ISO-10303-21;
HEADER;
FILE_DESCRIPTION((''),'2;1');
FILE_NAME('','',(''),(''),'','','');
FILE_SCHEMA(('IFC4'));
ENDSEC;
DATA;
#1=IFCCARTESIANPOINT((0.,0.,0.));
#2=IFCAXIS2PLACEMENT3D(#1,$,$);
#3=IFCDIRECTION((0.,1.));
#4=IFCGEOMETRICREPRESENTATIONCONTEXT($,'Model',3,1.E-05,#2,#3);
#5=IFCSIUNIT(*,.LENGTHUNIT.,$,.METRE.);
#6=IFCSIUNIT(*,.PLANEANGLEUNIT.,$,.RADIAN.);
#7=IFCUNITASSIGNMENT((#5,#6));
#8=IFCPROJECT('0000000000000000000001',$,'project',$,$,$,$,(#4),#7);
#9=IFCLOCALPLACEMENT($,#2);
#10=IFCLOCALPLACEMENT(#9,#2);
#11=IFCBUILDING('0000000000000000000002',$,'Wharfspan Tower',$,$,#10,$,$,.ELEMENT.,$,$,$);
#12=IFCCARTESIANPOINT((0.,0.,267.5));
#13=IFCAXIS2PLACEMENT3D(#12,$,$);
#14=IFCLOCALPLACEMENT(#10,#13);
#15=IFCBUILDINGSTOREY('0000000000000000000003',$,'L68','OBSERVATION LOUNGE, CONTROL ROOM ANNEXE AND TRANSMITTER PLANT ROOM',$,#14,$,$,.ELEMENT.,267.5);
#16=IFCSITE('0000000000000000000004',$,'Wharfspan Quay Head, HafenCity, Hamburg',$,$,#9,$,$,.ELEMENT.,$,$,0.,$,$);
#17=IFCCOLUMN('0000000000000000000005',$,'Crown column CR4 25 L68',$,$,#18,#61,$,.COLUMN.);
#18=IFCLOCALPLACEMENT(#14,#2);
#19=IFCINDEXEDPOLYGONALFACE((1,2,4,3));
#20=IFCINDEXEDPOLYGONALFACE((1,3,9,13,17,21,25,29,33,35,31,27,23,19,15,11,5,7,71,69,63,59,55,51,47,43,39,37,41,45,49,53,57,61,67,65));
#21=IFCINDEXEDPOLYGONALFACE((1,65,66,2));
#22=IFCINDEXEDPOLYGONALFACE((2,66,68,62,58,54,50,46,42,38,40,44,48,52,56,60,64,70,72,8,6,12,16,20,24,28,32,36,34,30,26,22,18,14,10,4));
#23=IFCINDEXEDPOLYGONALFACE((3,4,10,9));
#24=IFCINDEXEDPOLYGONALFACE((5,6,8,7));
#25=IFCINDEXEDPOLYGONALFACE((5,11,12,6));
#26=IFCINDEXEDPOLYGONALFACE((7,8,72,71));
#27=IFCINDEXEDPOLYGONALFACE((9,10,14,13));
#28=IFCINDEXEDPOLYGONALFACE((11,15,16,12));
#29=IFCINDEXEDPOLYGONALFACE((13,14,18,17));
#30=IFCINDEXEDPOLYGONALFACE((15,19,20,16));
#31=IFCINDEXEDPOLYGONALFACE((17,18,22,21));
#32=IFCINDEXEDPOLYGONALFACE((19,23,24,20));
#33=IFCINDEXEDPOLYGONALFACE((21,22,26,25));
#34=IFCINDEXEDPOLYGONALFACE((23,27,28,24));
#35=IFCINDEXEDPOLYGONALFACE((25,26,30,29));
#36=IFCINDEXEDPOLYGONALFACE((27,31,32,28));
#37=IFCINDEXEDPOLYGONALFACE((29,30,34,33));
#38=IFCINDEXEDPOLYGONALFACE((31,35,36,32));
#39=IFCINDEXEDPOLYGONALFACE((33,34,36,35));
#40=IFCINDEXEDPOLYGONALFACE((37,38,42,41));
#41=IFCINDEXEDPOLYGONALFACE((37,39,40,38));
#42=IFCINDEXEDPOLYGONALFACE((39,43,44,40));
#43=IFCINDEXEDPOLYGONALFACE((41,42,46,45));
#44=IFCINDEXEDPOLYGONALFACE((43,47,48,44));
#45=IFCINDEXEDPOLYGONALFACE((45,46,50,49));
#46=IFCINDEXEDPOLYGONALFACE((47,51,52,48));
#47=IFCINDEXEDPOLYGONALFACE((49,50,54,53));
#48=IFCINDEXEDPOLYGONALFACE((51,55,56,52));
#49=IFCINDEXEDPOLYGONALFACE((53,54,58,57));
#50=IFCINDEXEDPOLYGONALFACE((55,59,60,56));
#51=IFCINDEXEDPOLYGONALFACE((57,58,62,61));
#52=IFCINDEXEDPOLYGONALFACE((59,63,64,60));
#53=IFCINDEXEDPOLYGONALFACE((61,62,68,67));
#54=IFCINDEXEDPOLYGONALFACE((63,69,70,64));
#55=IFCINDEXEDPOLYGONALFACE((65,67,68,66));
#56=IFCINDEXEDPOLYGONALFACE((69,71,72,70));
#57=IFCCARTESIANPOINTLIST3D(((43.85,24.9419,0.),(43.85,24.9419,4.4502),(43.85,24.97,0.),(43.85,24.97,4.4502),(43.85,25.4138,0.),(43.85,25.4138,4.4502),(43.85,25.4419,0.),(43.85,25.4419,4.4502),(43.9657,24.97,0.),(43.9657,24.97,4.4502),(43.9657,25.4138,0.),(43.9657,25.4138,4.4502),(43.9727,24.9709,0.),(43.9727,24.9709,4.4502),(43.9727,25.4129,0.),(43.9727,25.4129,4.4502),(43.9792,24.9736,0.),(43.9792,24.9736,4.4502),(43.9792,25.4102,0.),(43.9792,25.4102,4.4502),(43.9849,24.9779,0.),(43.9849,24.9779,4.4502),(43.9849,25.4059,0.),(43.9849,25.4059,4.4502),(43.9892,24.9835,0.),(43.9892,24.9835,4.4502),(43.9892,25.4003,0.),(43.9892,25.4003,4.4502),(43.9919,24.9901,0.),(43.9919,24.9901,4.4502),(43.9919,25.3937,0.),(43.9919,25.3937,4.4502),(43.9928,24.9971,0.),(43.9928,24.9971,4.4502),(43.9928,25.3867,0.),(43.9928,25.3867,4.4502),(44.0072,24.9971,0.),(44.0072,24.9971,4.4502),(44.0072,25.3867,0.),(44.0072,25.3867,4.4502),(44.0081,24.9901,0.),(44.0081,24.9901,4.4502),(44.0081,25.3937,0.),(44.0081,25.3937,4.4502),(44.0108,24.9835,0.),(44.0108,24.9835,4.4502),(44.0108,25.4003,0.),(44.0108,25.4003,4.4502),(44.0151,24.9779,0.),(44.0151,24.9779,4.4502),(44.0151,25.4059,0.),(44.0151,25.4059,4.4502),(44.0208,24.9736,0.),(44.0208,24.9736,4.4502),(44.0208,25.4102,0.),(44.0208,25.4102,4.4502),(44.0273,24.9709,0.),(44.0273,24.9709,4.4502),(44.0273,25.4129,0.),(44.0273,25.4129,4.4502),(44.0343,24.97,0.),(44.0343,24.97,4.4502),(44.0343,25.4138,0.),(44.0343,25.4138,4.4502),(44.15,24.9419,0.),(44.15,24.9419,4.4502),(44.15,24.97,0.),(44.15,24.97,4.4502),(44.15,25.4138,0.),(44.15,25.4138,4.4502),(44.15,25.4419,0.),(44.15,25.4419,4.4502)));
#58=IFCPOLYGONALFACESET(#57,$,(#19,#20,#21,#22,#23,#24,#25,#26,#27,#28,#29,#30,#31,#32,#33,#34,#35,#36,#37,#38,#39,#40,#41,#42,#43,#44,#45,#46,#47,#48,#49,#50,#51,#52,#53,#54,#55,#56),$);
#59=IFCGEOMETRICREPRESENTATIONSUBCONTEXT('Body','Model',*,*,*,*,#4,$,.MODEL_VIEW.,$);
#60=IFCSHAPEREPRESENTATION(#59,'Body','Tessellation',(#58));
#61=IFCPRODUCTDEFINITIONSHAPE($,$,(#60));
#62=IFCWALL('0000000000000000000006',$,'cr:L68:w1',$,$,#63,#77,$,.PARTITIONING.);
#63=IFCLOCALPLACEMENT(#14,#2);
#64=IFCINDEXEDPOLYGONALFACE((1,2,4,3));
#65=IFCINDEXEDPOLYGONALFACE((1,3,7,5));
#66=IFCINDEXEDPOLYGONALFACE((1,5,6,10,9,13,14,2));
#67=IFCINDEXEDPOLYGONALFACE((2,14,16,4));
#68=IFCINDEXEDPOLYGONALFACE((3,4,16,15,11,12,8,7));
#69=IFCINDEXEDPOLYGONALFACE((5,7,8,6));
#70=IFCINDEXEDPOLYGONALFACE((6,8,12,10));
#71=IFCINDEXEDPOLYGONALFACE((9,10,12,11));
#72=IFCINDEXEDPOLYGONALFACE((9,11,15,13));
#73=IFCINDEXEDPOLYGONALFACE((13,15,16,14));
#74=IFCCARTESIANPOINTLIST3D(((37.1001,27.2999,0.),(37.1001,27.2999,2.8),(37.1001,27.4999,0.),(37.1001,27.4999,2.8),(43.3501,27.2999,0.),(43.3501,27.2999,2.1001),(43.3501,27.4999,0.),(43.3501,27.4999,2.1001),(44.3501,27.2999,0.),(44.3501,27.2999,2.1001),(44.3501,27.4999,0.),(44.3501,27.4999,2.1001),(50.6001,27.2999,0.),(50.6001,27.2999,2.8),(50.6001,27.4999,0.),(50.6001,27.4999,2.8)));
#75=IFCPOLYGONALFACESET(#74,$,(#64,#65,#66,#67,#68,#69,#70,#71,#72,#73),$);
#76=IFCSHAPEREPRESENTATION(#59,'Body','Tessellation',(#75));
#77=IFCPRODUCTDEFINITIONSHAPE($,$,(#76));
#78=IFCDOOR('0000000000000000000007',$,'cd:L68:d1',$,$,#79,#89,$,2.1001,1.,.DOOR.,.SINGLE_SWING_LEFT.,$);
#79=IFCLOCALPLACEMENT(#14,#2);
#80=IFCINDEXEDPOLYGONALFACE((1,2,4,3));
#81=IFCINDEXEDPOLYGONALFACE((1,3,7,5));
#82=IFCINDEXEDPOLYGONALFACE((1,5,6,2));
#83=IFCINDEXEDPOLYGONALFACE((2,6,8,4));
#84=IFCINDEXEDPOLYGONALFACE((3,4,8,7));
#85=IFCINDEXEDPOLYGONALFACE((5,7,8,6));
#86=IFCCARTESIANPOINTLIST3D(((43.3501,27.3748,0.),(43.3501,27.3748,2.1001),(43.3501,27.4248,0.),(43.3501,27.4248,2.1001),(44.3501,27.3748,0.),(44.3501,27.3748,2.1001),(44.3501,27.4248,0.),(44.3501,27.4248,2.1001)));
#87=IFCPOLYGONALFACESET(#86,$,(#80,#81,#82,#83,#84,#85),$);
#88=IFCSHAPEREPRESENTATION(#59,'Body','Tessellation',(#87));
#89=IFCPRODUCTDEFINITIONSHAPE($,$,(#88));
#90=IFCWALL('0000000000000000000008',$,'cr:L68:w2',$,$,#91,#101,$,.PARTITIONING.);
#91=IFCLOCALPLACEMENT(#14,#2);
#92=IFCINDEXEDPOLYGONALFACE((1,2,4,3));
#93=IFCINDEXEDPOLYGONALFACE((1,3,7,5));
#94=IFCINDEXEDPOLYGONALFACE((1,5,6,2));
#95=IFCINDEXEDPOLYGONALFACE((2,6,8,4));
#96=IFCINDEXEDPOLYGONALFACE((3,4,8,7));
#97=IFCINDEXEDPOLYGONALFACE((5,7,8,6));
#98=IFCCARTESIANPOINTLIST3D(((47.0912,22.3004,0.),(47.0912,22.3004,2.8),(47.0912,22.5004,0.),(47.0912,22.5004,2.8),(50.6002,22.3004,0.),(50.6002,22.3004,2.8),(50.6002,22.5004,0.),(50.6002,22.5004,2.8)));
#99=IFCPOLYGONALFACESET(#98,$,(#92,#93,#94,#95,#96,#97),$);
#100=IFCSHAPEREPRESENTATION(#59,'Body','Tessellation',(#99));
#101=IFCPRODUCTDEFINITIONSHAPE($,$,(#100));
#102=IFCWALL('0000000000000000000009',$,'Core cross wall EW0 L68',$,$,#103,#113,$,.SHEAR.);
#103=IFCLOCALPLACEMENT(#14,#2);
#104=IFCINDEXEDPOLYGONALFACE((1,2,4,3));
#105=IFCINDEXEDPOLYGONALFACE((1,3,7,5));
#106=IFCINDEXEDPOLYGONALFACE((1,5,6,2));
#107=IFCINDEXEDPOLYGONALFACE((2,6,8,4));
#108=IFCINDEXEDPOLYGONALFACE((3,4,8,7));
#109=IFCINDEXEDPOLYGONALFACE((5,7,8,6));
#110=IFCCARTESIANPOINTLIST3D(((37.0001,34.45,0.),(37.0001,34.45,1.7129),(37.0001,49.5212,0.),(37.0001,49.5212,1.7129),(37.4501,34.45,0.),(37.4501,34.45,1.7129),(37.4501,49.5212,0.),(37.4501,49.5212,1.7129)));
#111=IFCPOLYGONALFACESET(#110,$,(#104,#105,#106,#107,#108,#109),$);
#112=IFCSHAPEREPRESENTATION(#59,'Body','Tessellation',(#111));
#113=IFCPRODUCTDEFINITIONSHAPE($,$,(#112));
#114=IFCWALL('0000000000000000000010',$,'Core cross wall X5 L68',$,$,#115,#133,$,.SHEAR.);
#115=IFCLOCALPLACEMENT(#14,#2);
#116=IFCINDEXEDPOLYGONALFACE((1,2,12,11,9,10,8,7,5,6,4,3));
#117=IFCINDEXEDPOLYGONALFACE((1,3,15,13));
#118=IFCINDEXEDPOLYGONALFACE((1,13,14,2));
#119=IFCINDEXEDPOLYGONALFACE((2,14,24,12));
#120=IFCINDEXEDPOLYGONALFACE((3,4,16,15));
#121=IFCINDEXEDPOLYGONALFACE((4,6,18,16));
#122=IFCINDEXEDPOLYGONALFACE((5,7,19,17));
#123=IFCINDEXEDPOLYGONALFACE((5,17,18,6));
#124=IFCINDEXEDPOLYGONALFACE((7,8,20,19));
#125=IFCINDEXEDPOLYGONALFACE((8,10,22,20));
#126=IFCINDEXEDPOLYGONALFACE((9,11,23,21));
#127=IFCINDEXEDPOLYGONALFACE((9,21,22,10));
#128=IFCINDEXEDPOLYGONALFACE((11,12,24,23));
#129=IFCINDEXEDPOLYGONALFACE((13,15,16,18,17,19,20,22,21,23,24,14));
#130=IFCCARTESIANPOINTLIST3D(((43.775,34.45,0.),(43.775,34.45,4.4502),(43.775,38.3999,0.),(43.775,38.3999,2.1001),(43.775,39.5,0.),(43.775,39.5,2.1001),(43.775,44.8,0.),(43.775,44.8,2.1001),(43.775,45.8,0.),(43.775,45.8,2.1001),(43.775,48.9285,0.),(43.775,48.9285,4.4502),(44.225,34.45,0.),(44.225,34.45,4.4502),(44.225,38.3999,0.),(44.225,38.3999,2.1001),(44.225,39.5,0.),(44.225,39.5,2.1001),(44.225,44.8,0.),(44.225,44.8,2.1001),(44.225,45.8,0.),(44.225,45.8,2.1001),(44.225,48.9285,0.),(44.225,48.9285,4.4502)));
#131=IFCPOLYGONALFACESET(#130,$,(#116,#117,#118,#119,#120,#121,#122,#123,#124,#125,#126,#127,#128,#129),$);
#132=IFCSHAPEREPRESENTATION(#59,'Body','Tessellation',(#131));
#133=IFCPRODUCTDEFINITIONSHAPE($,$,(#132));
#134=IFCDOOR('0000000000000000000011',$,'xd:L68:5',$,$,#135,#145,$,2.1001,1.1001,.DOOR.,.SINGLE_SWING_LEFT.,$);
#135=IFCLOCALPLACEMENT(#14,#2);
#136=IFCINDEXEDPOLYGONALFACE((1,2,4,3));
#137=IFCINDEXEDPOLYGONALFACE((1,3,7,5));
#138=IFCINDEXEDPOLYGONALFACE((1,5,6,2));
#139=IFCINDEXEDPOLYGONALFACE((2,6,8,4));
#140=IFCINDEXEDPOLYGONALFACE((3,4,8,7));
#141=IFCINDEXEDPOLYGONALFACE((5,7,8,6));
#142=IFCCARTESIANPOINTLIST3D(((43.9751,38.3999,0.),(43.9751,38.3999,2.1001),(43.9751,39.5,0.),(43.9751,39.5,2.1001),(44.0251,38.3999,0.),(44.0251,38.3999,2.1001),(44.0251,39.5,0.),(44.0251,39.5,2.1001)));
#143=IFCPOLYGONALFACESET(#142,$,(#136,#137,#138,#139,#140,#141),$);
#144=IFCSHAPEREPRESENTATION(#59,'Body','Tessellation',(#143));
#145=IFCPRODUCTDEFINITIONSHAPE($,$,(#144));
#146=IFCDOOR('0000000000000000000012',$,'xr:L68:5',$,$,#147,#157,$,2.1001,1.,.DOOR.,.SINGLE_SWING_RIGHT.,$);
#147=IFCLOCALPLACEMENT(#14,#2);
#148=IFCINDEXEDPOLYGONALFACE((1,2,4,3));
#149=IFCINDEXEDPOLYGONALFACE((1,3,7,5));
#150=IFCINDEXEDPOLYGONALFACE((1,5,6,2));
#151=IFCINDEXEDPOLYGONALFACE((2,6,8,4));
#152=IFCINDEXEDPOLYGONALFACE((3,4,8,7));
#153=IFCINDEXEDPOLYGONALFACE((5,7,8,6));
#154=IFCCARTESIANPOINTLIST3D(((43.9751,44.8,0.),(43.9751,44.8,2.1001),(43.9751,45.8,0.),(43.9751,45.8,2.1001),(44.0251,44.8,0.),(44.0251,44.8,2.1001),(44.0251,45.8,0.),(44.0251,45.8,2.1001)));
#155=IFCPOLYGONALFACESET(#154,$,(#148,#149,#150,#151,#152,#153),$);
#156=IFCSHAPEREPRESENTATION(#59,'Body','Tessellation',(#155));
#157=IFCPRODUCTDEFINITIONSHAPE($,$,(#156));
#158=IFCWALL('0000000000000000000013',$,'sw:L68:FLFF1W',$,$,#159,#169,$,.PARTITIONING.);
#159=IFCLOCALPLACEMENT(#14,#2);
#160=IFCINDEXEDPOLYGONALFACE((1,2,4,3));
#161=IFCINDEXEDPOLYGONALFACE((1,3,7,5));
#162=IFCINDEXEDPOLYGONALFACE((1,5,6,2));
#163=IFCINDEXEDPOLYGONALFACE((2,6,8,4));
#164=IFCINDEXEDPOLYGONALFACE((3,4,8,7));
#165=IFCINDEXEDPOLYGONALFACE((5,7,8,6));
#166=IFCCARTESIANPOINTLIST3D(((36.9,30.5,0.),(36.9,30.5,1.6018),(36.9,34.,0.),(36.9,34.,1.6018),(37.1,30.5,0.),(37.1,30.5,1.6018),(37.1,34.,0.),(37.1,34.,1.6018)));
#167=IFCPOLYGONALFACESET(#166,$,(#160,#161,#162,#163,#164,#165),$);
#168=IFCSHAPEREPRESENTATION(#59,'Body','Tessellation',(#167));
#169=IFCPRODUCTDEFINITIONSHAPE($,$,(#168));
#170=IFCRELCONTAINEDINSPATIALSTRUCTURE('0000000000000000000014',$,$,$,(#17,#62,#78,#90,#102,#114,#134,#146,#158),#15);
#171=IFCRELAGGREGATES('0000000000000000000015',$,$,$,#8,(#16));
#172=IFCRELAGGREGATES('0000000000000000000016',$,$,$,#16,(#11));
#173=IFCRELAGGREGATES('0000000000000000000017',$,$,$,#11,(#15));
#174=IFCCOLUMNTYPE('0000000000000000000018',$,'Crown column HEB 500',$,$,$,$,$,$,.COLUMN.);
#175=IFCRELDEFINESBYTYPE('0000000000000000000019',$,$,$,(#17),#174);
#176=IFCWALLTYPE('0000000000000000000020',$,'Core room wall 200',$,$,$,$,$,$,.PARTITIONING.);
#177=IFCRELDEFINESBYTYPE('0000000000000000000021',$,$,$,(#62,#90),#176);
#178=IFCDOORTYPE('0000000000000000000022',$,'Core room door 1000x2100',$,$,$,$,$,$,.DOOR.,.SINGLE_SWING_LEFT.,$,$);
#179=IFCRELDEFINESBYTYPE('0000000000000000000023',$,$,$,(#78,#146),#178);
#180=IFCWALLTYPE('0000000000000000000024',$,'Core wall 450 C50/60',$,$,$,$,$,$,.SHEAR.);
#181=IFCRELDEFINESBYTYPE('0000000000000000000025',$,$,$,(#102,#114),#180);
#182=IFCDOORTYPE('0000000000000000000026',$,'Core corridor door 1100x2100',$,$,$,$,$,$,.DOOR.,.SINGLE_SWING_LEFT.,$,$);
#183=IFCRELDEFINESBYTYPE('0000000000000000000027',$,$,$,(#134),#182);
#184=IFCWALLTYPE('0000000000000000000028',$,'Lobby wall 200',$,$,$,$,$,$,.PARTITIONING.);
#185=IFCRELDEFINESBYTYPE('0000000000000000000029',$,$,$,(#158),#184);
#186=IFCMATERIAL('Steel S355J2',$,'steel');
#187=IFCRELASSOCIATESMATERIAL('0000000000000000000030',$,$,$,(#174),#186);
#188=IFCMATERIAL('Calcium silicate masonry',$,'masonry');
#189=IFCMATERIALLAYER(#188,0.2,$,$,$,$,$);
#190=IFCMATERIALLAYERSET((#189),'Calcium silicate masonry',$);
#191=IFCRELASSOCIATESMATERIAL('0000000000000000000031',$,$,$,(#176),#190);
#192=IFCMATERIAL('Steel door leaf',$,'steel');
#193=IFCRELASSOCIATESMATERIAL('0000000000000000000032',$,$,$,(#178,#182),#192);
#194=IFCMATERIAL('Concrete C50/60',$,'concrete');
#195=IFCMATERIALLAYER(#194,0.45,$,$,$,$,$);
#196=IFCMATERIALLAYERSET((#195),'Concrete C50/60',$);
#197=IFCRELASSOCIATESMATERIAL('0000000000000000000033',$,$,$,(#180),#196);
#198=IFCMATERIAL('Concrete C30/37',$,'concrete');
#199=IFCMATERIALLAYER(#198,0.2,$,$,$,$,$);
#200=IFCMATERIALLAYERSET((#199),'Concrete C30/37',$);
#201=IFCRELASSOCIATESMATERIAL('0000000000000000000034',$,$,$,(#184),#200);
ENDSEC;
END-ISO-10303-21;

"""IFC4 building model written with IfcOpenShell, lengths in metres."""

from ifc_helpers import new_model, si_unit, direction, frame, frame_2d, origin, origin_2d, place, context, subcontext, project, spatial, rectangle, i_section, extrude, material, layer, layer_set, material_profile, profile_set, type_object, element, fill, save


model = new_model("IFC4")

# Units and contexts
model_context = context("Model", 3, precision=1e-05, world=origin(), true_north=direction((0.0, 1.0)))
body_context = subcontext(model_context, "Body", "Model", "MODEL_VIEW")
ifc_project = project(units=[si_unit("LENGTHUNIT", "METRE"), si_unit("PLANEANGLEUNIT", "RADIAN")], contexts=[model_context])

# Site, building, storey
site_placement = place(None, origin())
site = spatial("IfcSite", under=ifc_project, at=site_placement, Name="Wharfspan Quay Head, HafenCity, Hamburg", CompositionType="ELEMENT", RefElevation=0.0)
building_placement = place(site_placement, origin())
building = spatial("IfcBuilding", under=site, at=building_placement, Name="Wharfspan Tower", CompositionType="ELEMENT")
storey_placement = place(building_placement, frame((0.0, 0.0, 267.5)))
storey = spatial("IfcBuildingStorey", under=building, at=storey_placement, Name="L68", Description="OBSERVATION LOUNGE, CONTROL ROOM ANNEXE AND TRANSMITTER PLANT ROOM", CompositionType="ELEMENT", Elevation=267.5)

# Column
ifc_material_1 = material(Name="Steel S355J2", Category="steel")
ifc_material_profile = material_profile(ifc_material_1, i_section(OverallWidth=0.3, OverallDepth=0.5, WebThickness=0.0144, FlangeThickness=0.0281, FilletRadius=0.0271, at=origin_2d()))
ifc_profile_set = profile_set([ifc_material_profile], Name="Steel S355J2")
column_type = type_object("IfcColumnType", Name="Crown column HEB 500", PredefinedType="COLUMN", material=ifc_profile_set)
column_placement = place(storey_placement, frame((44.0, 25.1919, 0.0), z_axis=(0.0, 0.0, 1.0), x_axis=(1.0, 0.0, 0.0)))
element("IfcColumn", 1, at=column_placement, inside=storey, type_object=column_type, Name="Crown column CR4 25 L68", PredefinedType="COLUMN", context=body_context, shape_type="SweptSolid", body=[
    extrude(i_section(OverallWidth=0.3, OverallDepth=0.5, WebThickness=0.0144, FlangeThickness=0.0281, FilletRadius=0.0271, at=origin_2d()), origin(), (0.0, 0.0, 1.0), 4.4502),
])

# Wall, opening, door
ifc_material_2 = material(Name="Calcium silicate masonry", Category="masonry")
ifc_layer_1 = layer(ifc_material_2, 0.2)
ifc_layer_set_1 = layer_set([ifc_layer_1], Name="Calcium silicate masonry")
wall_type_1 = type_object("IfcWallType", Name="Core room wall 200", PredefinedType="PARTITIONING", material=ifc_layer_set_1)
wall_1_placement = place(storey_placement, frame((37.1001, 27.3999, 0.0), z_axis=(0.0, 0.0, 1.0), x_axis=(1.0, 0.0, 0.0)))
wall_1 = element("IfcWall", 2, at=wall_1_placement, inside=storey, type_object=wall_type_1, Name="cr:L68:w1", PredefinedType="PARTITIONING", context=body_context, shape_type="SweptSolid", body=[
    extrude(rectangle(XDim=13.5, YDim=0.2, at=frame_2d((6.75, 0.0))), origin(), (0.0, 0.0, 1.0), 2.8),
])
opening_1_placement = place(wall_1_placement, frame((6.25, 0.0, 0.0)))
opening_1 = element("IfcOpeningElement", 3, at=opening_1_placement, cuts=wall_1, PredefinedType="OPENING", context=body_context, shape_type="SweptSolid", body=[
    extrude(rectangle(XDim=1.0, YDim=2.1001, at=frame_2d((0.5, 1.05))), frame((0.0, 0.1099, 0.0), z_axis=(0.0, -1.0, 0.0), x_axis=(1.0, 0.0, 0.0)), (0.0, 0.0, 1.0), 0.22),
])
ifc_material_3 = material(Name="Steel door leaf", Category="steel")
door_type_1 = type_object("IfcDoorType", Name="Core room door 1000x2100", OperationType="SINGLE_SWING_LEFT", PredefinedType="DOOR", material=ifc_material_3)
door_1_placement = place(opening_1_placement, origin())
door_1 = element("IfcDoor", 4, at=door_1_placement, inside=storey, type_object=door_type_1, Name="cd:L68:d1", OperationType="SINGLE_SWING_LEFT", OverallHeight=2.1001, OverallWidth=1.0, PredefinedType="DOOR", context=body_context, shape_type="SweptSolid", body=[
    extrude(rectangle(XDim=1.0, YDim=2.1001, at=frame_2d((0.5, 1.05))), frame((0.0, 0.0249, 0.0), z_axis=(0.0, -1.0, 0.0), x_axis=(1.0, 0.0, 0.0)), (0.0, 0.0, 1.0), 0.05),
])
fill(opening_1, door_1)

# Walls
wall_2_placement = place(storey_placement, frame((50.6001, 22.4004, 0.0), z_axis=(0.0, 0.0, 1.0), x_axis=(-1.0, 0.0, 0.0)))
element("IfcWall", 5, at=wall_2_placement, inside=storey, type_object=wall_type_1, Name="cr:L68:w2", PredefinedType="PARTITIONING", context=body_context, shape_type="SweptSolid", body=[
    extrude(rectangle(XDim=3.509, YDim=0.2, at=frame_2d((1.7544, 0.0))), origin(), (0.0, 0.0, 1.0), 2.8),
])
ifc_material_4 = material(Name="Concrete C50/60", Category="concrete")
ifc_layer_2 = layer(ifc_material_4, 0.45)
ifc_layer_set_2 = layer_set([ifc_layer_2], Name="Concrete C50/60")
wall_type_2 = type_object("IfcWallType", Name="Core wall 450 C50/60", PredefinedType="SHEAR", material=ifc_layer_set_2)
wall_3_placement = place(storey_placement, frame((37.2251, 34.45, 0.0), z_axis=(0.0, 0.0, 1.0), x_axis=(0.0, 1.0, 0.0)))
element("IfcWall", 6, at=wall_3_placement, inside=storey, type_object=wall_type_2, Name="Core cross wall EW0 L68", PredefinedType="SHEAR", context=body_context, shape_type="SweptSolid", body=[
    extrude(rectangle(XDim=15.0713, YDim=0.45, at=frame_2d((7.5356, 0.0))), origin(), (0.0, 0.0, 1.0), 1.7129),
])

# Wall, openings, doors
wall_4_placement = place(storey_placement, frame((44.0, 34.45, 0.0), z_axis=(0.0, 0.0, 1.0), x_axis=(0.0, 1.0, 0.0)))
wall_4 = element("IfcWall", 7, at=wall_4_placement, inside=storey, type_object=wall_type_2, Name="Core cross wall X5 L68", PredefinedType="SHEAR", context=body_context, shape_type="SweptSolid", body=[
    extrude(rectangle(XDim=14.4785, YDim=0.45, at=frame_2d((7.2393, 0.0))), origin(), (0.0, 0.0, 1.0), 4.4502),
])
opening_2_placement = place(wall_4_placement, frame((3.95, 0.0, 0.0)))
opening_2 = element("IfcOpeningElement", 8, at=opening_2_placement, cuts=wall_4, PredefinedType="OPENING", context=body_context, shape_type="SweptSolid", body=[
    extrude(rectangle(XDim=1.1001, YDim=2.1001, at=frame_2d((0.55, 1.05))), frame((0.0, 0.2349, 0.0), z_axis=(0.0, -1.0, 0.0), x_axis=(1.0, 0.0, 0.0)), (0.0, 0.0, 1.0), 0.47),
])
opening_3_placement = place(wall_4_placement, frame((10.3501, 0.0, 0.0)))
opening_3 = element("IfcOpeningElement", 9, at=opening_3_placement, cuts=wall_4, PredefinedType="OPENING", context=body_context, shape_type="SweptSolid", body=[
    extrude(rectangle(XDim=1.0, YDim=2.1001, at=frame_2d((0.5, 1.05))), frame((0.0, 0.2349, 0.0), z_axis=(0.0, -1.0, 0.0), x_axis=(1.0, 0.0, 0.0)), (0.0, 0.0, 1.0), 0.47),
])
door_type_2 = type_object("IfcDoorType", Name="Core corridor door 1100x2100", OperationType="SINGLE_SWING_LEFT", PredefinedType="DOOR", material=ifc_material_3)
door_2_placement = place(opening_2_placement, origin())
door_2 = element("IfcDoor", 10, at=door_2_placement, inside=storey, type_object=door_type_2, Name="xd:L68:5", OperationType="SINGLE_SWING_LEFT", OverallHeight=2.1001, OverallWidth=1.1001, PredefinedType="DOOR", context=body_context, shape_type="SweptSolid", body=[
    extrude(rectangle(XDim=1.1001, YDim=2.1001, at=frame_2d((0.55, 1.05))), frame((0.0, 0.0249, 0.0), z_axis=(0.0, -1.0, 0.0), x_axis=(1.0, 0.0, 0.0)), (0.0, 0.0, 1.0), 0.05),
])
fill(opening_2, door_2)
door_3_placement = place(opening_3_placement, origin())
door_3 = element("IfcDoor", 11, at=door_3_placement, inside=storey, type_object=door_type_1, Name="xr:L68:5", OperationType="SINGLE_SWING_RIGHT", OverallHeight=2.1001, OverallWidth=1.0, PredefinedType="DOOR", context=body_context, shape_type="SweptSolid", body=[
    extrude(rectangle(XDim=1.0, YDim=2.1001, at=frame_2d((0.5, 1.05))), frame((0.0, 0.0249, 0.0), z_axis=(0.0, -1.0, 0.0), x_axis=(1.0, 0.0, 0.0)), (0.0, 0.0, 1.0), 0.05),
])
fill(opening_3, door_3)

# Wall
ifc_material_5 = material(Name="Concrete C30/37", Category="concrete")
ifc_layer_3 = layer(ifc_material_5, 0.2)
ifc_layer_set_3 = layer_set([ifc_layer_3], Name="Concrete C30/37")
wall_type_3 = type_object("IfcWallType", Name="Lobby wall 200", PredefinedType="PARTITIONING", material=ifc_layer_set_3)
wall_5_placement = place(storey_placement, frame((37.0, 30.5, 0.0), z_axis=(0.0, 0.0, 1.0), x_axis=(0.0, 1.0, 0.0)))
element("IfcWall", 12, at=wall_5_placement, inside=storey, type_object=wall_type_3, Name="sw:L68:FLFF1W", PredefinedType="PARTITIONING", context=body_context, shape_type="SweptSolid", body=[
    extrude(rectangle(XDim=3.5, YDim=0.2, at=frame_2d((1.75, 0.0))), origin(), (0.0, 0.0, 1.0), 1.6018),
])

save(model, "model.ifc")
